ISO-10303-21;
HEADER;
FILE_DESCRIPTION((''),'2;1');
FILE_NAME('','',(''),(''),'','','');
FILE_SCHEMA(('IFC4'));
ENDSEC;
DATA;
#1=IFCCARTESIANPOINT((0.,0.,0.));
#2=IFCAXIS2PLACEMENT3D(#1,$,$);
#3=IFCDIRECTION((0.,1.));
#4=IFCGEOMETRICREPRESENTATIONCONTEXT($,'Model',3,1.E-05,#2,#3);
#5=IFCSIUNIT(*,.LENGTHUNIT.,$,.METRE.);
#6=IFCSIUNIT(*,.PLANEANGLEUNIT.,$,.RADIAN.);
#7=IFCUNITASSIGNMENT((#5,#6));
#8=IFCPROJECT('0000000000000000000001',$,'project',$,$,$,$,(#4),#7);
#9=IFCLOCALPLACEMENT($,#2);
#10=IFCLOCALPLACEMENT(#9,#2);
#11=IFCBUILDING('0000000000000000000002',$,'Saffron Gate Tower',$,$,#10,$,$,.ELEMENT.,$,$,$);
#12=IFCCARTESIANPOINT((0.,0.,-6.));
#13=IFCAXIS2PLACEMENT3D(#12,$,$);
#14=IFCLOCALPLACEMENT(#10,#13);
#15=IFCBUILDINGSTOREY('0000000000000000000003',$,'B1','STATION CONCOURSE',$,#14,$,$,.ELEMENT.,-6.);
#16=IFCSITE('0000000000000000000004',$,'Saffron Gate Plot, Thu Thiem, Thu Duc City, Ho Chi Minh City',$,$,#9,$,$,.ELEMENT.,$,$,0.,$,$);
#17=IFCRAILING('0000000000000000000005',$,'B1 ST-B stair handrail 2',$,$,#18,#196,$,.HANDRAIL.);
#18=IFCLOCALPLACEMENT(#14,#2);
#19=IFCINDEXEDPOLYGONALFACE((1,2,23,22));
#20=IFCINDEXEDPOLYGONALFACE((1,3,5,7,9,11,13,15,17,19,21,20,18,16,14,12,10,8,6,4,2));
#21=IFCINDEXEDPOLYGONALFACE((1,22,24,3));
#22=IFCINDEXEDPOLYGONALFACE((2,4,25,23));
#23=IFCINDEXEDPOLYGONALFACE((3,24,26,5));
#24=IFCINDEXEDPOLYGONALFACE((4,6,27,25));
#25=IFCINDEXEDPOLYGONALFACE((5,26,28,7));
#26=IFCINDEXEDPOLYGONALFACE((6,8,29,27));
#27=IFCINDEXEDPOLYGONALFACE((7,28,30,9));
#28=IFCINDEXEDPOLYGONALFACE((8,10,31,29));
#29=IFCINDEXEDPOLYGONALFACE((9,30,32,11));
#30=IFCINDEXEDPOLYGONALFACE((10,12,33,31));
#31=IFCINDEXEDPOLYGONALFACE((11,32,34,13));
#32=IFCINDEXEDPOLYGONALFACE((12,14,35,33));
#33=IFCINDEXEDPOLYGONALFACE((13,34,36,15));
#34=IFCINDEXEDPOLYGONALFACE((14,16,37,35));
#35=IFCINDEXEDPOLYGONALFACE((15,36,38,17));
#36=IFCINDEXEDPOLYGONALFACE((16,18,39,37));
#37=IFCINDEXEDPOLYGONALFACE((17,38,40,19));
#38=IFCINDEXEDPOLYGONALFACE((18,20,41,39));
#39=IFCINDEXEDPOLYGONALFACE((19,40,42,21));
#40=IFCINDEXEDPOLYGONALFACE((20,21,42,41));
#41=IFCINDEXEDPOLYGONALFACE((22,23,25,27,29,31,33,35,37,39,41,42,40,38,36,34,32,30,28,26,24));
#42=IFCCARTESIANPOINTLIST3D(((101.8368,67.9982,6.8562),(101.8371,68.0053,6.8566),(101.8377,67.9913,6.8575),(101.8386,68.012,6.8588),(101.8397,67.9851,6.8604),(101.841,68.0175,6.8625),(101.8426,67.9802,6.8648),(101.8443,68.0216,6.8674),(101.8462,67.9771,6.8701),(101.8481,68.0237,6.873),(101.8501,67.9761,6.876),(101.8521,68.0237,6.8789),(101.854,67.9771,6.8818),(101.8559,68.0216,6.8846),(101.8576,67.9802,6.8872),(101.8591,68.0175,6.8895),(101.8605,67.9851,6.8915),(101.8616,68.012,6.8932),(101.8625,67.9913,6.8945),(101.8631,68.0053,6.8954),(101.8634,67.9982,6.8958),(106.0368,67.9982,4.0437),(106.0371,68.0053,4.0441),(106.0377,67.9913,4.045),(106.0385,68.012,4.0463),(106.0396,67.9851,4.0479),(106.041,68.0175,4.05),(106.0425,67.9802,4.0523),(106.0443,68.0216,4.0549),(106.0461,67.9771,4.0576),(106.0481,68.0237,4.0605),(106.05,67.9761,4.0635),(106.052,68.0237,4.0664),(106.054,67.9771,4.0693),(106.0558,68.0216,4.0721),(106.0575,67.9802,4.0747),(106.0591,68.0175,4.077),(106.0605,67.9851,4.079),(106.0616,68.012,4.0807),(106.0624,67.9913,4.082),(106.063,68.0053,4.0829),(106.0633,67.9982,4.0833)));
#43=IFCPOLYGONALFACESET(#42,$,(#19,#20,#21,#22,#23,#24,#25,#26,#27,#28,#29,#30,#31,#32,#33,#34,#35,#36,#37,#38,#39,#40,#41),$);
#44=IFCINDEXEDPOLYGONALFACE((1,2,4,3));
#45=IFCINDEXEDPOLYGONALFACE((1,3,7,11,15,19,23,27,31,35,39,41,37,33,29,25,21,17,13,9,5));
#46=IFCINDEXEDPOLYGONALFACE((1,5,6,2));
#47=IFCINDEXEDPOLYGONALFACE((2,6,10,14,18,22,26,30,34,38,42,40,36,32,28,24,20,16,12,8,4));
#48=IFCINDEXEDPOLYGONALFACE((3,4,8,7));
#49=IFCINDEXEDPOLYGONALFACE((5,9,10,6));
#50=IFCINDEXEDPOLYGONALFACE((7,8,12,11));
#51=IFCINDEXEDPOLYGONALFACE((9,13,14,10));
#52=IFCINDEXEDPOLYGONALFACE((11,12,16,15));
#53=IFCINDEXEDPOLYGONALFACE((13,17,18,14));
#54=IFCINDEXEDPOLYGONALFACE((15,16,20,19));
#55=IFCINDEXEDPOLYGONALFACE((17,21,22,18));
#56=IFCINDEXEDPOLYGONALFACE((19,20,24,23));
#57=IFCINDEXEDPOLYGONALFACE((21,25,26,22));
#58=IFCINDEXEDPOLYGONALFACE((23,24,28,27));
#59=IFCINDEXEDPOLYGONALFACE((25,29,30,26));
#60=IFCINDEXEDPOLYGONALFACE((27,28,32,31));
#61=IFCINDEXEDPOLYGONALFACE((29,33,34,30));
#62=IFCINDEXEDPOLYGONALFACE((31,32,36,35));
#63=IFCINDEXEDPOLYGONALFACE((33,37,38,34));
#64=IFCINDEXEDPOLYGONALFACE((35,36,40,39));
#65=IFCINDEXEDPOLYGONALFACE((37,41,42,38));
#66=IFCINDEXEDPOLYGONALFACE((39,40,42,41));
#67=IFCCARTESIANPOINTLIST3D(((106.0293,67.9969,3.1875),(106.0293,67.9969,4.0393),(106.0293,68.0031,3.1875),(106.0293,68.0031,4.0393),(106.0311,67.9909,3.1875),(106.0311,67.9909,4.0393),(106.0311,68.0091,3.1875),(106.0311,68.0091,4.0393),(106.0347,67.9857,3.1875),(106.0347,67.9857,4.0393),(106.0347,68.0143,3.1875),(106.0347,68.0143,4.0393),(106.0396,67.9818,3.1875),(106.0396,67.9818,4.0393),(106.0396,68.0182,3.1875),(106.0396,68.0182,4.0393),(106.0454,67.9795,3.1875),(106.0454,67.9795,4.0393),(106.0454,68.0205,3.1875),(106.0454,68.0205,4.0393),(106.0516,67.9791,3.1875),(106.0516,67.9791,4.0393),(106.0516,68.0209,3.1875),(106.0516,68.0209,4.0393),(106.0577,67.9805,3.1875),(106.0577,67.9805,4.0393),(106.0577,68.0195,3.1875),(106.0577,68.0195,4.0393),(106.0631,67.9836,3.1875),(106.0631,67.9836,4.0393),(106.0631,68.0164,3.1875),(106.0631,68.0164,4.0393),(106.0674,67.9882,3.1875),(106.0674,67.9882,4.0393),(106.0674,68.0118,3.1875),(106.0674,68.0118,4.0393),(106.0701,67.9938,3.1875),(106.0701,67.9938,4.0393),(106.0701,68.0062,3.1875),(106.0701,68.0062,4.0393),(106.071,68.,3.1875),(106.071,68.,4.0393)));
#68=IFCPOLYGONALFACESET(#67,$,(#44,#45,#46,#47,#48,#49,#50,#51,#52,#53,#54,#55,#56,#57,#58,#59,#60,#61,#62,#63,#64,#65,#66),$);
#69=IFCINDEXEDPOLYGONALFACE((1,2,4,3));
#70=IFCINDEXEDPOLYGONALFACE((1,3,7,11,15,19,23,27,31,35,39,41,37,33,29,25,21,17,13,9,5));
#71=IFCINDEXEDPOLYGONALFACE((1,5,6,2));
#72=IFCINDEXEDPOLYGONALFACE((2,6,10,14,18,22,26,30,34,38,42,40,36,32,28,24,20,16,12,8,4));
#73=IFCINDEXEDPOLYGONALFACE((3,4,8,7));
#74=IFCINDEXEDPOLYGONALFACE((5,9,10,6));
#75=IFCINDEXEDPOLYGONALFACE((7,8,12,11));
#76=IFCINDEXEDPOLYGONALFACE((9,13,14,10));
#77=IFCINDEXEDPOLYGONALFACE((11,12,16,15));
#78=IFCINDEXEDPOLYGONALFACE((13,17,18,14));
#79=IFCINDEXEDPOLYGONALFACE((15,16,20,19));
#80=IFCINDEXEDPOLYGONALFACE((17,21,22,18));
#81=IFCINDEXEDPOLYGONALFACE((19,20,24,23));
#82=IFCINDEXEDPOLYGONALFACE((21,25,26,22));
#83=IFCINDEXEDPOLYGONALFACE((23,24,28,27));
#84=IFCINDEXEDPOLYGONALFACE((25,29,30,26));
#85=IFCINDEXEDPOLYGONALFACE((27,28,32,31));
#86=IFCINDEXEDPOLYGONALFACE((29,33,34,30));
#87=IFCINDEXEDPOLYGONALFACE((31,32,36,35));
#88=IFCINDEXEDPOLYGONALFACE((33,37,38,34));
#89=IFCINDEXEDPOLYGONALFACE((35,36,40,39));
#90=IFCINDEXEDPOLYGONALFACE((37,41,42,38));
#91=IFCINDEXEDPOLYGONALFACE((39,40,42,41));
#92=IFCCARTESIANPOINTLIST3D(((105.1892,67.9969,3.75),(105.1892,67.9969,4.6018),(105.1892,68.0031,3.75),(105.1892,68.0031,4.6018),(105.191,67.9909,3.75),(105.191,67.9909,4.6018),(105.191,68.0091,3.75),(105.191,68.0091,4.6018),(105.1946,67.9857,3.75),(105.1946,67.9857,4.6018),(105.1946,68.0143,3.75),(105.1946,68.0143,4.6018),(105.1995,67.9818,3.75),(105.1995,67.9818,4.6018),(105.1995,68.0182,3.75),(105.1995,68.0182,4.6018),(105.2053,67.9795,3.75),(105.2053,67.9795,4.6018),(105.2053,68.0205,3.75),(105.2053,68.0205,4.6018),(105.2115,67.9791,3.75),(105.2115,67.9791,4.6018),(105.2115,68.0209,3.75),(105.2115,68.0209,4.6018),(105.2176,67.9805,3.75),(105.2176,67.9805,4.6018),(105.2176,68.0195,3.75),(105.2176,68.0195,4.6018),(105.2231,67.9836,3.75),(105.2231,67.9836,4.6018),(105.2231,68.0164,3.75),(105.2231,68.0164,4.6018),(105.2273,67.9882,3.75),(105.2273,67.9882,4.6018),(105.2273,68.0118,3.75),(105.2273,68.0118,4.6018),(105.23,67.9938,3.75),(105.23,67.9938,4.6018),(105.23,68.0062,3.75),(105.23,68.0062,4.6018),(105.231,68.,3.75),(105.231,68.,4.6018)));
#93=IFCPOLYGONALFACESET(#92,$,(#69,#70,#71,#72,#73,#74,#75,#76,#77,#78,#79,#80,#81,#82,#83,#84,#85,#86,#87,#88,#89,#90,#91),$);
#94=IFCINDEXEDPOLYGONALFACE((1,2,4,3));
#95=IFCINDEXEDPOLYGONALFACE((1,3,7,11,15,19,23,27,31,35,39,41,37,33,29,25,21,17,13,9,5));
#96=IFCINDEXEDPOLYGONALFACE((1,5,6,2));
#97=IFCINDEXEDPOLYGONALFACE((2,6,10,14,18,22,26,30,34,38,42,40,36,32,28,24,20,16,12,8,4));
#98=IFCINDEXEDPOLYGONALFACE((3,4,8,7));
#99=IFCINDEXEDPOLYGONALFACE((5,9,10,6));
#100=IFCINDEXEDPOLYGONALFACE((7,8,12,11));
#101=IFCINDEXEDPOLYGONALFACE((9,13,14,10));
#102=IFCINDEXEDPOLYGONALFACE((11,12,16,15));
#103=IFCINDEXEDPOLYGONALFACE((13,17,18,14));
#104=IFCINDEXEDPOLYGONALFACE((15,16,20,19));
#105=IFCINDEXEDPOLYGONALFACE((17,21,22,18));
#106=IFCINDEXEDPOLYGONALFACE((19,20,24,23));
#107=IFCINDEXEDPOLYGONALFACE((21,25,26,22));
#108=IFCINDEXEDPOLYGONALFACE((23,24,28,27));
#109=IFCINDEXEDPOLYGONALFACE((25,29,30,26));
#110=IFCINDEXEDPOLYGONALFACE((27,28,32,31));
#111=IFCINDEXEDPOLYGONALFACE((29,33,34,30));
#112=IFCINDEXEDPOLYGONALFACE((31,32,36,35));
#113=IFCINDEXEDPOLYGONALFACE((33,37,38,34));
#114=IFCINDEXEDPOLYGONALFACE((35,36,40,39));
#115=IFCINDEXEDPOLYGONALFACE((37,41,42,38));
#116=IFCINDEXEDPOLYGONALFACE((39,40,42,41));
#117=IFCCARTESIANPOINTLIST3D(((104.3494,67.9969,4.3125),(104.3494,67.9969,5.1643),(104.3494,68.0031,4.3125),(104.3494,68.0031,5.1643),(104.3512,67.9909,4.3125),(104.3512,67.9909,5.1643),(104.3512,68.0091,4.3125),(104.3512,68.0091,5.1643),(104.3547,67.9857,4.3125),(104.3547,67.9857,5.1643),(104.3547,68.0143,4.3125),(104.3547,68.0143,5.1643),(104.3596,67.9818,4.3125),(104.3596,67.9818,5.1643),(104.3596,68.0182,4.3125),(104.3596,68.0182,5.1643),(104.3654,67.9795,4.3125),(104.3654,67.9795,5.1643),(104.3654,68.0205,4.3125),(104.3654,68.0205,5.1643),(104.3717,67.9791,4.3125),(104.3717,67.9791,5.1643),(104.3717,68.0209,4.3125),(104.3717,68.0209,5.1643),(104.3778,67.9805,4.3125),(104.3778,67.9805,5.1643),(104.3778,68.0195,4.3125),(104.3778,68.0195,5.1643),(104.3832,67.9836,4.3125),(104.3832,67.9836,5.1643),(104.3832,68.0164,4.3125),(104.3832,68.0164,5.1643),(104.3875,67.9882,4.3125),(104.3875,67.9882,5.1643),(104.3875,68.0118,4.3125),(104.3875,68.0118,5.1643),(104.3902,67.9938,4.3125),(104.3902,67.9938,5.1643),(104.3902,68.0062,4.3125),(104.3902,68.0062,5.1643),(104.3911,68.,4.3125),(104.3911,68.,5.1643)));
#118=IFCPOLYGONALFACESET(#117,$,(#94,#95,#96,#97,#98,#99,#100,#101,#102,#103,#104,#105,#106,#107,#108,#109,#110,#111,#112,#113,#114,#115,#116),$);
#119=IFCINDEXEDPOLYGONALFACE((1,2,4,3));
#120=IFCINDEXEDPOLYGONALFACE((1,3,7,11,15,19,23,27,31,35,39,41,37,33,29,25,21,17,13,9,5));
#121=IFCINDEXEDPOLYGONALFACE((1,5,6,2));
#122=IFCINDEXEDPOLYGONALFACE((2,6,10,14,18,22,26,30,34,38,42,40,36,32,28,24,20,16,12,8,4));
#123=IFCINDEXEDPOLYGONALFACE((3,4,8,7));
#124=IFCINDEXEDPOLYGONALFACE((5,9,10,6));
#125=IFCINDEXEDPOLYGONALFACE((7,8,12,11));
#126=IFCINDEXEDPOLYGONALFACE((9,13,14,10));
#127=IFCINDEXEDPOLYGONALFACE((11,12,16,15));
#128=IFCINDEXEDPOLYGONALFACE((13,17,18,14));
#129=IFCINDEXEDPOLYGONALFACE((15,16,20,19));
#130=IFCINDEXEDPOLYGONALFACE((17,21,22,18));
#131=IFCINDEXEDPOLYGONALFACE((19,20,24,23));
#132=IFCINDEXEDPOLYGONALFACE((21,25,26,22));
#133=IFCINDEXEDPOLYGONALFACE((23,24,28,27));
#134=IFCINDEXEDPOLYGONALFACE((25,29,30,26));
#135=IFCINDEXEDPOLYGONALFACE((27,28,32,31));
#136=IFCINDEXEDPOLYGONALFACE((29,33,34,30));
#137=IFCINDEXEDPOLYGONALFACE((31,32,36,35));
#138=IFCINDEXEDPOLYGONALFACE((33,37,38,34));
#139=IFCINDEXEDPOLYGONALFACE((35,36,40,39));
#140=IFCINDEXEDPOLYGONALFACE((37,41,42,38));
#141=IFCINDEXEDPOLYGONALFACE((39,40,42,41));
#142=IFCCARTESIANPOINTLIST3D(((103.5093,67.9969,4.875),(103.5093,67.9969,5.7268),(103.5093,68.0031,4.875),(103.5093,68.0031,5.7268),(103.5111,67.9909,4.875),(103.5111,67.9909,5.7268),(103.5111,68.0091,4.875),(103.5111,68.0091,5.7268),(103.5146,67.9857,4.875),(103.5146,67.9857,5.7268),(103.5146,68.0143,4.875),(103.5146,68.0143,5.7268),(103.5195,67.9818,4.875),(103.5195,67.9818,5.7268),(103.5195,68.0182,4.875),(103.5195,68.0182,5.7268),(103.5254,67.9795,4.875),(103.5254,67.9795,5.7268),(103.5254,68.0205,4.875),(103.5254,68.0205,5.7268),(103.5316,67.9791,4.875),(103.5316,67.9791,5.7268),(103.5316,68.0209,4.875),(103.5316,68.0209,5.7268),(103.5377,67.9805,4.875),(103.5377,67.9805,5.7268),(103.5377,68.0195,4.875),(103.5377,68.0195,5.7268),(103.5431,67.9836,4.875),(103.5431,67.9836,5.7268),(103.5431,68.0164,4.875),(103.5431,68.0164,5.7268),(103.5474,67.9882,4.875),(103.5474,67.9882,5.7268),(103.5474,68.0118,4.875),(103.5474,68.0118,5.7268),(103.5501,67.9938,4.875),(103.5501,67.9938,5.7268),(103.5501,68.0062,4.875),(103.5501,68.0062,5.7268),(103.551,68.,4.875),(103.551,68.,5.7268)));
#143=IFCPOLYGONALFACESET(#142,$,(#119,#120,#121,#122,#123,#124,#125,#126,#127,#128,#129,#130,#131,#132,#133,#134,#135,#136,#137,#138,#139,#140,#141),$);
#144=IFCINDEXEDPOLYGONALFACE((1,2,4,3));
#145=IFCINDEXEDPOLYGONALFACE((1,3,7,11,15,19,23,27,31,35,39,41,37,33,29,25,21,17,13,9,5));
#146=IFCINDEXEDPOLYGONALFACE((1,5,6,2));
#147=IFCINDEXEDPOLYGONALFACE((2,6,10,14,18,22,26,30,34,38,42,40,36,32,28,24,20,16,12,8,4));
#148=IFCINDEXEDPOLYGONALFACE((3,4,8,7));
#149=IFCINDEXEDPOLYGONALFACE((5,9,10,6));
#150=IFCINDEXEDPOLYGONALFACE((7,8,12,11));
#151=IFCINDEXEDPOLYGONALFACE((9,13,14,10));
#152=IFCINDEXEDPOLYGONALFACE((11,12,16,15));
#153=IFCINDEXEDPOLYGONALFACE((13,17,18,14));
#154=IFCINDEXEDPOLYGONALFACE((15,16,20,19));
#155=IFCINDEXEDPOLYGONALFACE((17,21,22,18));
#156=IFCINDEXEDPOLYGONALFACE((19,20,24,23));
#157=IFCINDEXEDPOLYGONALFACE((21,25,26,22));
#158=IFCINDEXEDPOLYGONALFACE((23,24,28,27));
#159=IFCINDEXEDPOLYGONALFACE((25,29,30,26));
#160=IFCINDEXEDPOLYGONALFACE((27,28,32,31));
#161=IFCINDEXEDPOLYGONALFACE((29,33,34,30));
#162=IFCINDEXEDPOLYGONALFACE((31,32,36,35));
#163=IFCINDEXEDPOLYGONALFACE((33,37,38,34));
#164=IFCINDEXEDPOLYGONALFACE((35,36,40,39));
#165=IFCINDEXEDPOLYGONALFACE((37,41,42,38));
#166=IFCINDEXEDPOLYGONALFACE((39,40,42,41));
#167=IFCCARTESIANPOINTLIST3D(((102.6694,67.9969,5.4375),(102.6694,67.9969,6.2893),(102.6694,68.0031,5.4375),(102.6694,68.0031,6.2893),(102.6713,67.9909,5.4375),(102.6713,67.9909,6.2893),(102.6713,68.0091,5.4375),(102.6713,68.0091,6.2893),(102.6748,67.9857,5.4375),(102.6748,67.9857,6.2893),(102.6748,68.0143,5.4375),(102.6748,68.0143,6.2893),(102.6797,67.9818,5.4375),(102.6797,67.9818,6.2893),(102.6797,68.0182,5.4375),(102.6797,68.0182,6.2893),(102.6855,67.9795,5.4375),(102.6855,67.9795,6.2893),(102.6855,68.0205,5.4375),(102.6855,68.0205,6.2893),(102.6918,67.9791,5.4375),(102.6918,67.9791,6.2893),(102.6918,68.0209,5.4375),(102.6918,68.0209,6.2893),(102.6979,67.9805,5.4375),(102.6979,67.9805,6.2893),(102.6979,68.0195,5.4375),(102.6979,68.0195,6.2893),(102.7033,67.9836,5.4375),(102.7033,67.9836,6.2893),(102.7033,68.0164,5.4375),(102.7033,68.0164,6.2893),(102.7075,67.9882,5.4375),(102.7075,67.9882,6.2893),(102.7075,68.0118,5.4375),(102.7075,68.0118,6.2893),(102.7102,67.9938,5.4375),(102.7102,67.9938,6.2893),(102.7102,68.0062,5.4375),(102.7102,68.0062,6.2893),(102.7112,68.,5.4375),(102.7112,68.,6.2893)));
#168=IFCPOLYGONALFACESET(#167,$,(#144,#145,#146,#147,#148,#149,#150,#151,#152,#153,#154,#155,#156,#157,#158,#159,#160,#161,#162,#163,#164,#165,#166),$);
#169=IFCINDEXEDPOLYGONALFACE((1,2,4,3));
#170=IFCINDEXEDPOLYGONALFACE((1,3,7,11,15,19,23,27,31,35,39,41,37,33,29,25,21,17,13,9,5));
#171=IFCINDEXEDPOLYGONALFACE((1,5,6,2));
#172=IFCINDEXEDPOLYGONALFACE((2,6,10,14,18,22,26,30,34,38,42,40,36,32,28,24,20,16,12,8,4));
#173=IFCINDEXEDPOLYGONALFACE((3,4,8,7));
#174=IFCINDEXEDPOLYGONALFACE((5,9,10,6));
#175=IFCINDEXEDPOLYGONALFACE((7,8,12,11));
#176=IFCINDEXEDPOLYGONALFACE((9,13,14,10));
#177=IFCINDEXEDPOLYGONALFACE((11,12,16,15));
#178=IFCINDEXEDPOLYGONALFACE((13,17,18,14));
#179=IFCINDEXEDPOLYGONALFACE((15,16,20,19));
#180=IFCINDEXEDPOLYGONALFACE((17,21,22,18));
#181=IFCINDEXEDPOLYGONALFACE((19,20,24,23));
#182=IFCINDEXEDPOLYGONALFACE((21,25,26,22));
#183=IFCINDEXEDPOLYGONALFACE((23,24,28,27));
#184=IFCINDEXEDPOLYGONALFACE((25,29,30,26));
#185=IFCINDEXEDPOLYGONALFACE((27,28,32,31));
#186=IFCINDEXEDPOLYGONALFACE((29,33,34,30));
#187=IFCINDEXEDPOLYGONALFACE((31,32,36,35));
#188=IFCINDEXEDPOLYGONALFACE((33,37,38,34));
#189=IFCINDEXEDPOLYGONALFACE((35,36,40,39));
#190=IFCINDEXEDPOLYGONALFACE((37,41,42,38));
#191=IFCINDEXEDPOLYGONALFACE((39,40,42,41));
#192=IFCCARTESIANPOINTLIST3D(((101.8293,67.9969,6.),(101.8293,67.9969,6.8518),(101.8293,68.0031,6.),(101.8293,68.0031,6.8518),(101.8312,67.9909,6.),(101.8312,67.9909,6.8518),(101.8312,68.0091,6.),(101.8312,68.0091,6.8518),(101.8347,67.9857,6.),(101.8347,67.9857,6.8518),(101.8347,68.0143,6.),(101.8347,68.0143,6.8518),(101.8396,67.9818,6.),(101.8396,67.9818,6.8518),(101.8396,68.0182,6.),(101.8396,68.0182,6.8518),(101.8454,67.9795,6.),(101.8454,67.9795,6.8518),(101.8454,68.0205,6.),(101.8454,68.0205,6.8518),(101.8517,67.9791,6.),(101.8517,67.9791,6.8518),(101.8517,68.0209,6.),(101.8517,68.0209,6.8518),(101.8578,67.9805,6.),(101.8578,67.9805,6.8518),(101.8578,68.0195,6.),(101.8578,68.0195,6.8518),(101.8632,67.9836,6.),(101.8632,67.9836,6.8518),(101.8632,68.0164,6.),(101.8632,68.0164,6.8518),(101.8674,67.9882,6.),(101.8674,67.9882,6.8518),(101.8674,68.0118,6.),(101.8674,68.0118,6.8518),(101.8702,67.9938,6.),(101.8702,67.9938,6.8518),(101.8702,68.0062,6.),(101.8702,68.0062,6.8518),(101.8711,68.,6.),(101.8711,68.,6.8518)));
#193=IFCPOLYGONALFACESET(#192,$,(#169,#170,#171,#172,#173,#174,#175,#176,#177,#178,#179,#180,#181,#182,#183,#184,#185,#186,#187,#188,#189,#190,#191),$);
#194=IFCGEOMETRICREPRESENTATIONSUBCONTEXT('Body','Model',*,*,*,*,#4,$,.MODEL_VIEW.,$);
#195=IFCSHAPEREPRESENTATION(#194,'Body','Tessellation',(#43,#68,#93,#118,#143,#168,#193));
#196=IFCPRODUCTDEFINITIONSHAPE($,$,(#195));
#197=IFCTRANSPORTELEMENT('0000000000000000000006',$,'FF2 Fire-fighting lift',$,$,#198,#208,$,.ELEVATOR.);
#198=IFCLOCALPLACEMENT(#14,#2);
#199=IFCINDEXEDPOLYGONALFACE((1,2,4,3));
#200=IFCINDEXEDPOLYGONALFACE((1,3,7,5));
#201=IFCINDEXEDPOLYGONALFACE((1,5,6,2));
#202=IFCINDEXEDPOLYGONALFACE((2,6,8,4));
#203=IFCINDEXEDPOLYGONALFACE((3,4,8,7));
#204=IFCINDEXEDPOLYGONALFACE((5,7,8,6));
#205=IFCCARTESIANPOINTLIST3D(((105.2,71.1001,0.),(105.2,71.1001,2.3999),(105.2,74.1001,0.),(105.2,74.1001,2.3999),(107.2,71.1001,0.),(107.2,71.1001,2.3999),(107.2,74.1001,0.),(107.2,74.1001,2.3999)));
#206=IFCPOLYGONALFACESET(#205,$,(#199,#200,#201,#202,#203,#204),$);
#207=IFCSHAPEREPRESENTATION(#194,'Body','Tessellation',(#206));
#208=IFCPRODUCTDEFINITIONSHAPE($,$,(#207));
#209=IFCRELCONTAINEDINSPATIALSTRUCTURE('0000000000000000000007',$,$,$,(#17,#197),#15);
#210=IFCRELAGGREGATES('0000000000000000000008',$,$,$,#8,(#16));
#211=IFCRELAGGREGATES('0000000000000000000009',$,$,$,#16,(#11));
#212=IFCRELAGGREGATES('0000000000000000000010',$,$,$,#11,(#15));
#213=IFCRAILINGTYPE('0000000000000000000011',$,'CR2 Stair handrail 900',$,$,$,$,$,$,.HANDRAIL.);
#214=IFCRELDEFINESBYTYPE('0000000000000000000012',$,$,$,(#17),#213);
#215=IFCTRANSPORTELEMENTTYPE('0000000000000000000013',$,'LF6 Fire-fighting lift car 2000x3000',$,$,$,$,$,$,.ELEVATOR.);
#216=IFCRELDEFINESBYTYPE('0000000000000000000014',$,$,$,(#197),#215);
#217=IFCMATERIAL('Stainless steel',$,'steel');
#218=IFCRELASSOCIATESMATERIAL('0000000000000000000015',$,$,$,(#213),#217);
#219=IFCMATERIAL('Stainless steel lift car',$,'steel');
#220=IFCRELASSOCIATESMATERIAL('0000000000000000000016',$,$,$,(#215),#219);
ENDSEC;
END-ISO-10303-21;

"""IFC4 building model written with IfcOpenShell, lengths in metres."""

from ifc_helpers import new_model, si_unit, direction, frame, origin, origin_2d, place, context, subcontext, project, spatial, rectangle, circle, extrude, material, type_object, element, save


model = new_model("IFC4")

# Units and contexts
model_context = context("Model", 3, precision=1e-05, world=origin(), true_north=direction((0.0, 1.0)))
body_context = subcontext(model_context, "Body", "Model", "MODEL_VIEW")
ifc_project = project(units=[si_unit("LENGTHUNIT", "METRE"), si_unit("PLANEANGLEUNIT", "RADIAN")], contexts=[model_context])

# Site, building, storey
site_placement = place(None, origin())
site = spatial("IfcSite", under=ifc_project, at=site_placement, Name="Saffron Gate Plot, Thu Thiem, Thu Duc City, Ho Chi Minh City", CompositionType="ELEMENT", RefElevation=0.0)
building_placement = place(site_placement, origin())
building = spatial("IfcBuilding", under=site, at=building_placement, Name="Saffron Gate Tower", CompositionType="ELEMENT")
storey_placement = place(building_placement, frame((0.0, 0.0, -6.0)))
storey = spatial("IfcBuildingStorey", under=building, at=storey_placement, Name="B1", Description="STATION CONCOURSE", CompositionType="ELEMENT", Elevation=-6.0)

# Railing
ifc_material_1 = material(Name="Stainless steel", Category="steel")
railing_type = type_object("IfcRailingType", Name="CR2 Stair handrail 900", PredefinedType="HANDRAIL", material=ifc_material_1)
railing_placement = place(storey_placement, frame((106.05, 68.0, 3.1875)))
element("IfcRailing", 1, at=railing_placement, inside=storey, type_object=railing_type, Name="B1 ST-B stair handrail 2", PredefinedType="HANDRAIL", context=body_context, shape_type="SweptSolid", body=[
    extrude(circle(Radius=0.0239, at=origin_2d()), frame((0.0, 0.0, 0.876), z_axis=(-0.830904, 0.0, 0.556416), x_axis=(0.0, -1.0, 0.0)), (0.0, 0.0, 1.0), 5.0547),
    extrude(circle(Radius=0.021, at=origin_2d()), origin(), (0.0, 0.0, 1.0), 0.8518),
    extrude(circle(Radius=0.021, at=origin_2d()), frame((-0.8401, 0.0, 0.5625)), (0.0, 0.0, 1.0), 0.8518),
    extrude(circle(Radius=0.021, at=origin_2d()), frame((-1.6799, 0.0, 1.125)), (0.0, 0.0, 1.0), 0.8518),
    extrude(circle(Radius=0.021, at=origin_2d()), frame((-2.52, 0.0, 1.6875)), (0.0, 0.0, 1.0), 0.8518),
    extrude(circle(Radius=0.021, at=origin_2d()), frame((-3.3599, 0.0, 2.25)), (0.0, 0.0, 1.0), 0.8518),
    extrude(circle(Radius=0.021, at=origin_2d()), frame((-4.2, 0.0, 2.8125)), (0.0, 0.0, 1.0), 0.8518),
])

# Transport element
ifc_material_2 = material(Name="Stainless steel lift car", Category="steel")
transport_element_type = type_object("IfcTransportElementType", Name="LF6 Fire-fighting lift car 2000x3000", PredefinedType="ELEVATOR", material=ifc_material_2)
transport_element_placement = place(storey_placement, frame((106.2, 72.6001, 0.0), z_axis=(0.0, 0.0, 1.0), x_axis=(1.0, 0.0, 0.0)))
element("IfcTransportElement", 2, at=transport_element_placement, inside=storey, type_object=transport_element_type, Name="FF2 Fire-fighting lift", PredefinedType="ELEVATOR", context=body_context, shape_type="SweptSolid", body=[
    extrude(rectangle(XDim=2.0, YDim=3.0, at=origin_2d()), origin(), (0.0, 0.0, 1.0), 2.3999),
])

save(model, "model.ifc")
